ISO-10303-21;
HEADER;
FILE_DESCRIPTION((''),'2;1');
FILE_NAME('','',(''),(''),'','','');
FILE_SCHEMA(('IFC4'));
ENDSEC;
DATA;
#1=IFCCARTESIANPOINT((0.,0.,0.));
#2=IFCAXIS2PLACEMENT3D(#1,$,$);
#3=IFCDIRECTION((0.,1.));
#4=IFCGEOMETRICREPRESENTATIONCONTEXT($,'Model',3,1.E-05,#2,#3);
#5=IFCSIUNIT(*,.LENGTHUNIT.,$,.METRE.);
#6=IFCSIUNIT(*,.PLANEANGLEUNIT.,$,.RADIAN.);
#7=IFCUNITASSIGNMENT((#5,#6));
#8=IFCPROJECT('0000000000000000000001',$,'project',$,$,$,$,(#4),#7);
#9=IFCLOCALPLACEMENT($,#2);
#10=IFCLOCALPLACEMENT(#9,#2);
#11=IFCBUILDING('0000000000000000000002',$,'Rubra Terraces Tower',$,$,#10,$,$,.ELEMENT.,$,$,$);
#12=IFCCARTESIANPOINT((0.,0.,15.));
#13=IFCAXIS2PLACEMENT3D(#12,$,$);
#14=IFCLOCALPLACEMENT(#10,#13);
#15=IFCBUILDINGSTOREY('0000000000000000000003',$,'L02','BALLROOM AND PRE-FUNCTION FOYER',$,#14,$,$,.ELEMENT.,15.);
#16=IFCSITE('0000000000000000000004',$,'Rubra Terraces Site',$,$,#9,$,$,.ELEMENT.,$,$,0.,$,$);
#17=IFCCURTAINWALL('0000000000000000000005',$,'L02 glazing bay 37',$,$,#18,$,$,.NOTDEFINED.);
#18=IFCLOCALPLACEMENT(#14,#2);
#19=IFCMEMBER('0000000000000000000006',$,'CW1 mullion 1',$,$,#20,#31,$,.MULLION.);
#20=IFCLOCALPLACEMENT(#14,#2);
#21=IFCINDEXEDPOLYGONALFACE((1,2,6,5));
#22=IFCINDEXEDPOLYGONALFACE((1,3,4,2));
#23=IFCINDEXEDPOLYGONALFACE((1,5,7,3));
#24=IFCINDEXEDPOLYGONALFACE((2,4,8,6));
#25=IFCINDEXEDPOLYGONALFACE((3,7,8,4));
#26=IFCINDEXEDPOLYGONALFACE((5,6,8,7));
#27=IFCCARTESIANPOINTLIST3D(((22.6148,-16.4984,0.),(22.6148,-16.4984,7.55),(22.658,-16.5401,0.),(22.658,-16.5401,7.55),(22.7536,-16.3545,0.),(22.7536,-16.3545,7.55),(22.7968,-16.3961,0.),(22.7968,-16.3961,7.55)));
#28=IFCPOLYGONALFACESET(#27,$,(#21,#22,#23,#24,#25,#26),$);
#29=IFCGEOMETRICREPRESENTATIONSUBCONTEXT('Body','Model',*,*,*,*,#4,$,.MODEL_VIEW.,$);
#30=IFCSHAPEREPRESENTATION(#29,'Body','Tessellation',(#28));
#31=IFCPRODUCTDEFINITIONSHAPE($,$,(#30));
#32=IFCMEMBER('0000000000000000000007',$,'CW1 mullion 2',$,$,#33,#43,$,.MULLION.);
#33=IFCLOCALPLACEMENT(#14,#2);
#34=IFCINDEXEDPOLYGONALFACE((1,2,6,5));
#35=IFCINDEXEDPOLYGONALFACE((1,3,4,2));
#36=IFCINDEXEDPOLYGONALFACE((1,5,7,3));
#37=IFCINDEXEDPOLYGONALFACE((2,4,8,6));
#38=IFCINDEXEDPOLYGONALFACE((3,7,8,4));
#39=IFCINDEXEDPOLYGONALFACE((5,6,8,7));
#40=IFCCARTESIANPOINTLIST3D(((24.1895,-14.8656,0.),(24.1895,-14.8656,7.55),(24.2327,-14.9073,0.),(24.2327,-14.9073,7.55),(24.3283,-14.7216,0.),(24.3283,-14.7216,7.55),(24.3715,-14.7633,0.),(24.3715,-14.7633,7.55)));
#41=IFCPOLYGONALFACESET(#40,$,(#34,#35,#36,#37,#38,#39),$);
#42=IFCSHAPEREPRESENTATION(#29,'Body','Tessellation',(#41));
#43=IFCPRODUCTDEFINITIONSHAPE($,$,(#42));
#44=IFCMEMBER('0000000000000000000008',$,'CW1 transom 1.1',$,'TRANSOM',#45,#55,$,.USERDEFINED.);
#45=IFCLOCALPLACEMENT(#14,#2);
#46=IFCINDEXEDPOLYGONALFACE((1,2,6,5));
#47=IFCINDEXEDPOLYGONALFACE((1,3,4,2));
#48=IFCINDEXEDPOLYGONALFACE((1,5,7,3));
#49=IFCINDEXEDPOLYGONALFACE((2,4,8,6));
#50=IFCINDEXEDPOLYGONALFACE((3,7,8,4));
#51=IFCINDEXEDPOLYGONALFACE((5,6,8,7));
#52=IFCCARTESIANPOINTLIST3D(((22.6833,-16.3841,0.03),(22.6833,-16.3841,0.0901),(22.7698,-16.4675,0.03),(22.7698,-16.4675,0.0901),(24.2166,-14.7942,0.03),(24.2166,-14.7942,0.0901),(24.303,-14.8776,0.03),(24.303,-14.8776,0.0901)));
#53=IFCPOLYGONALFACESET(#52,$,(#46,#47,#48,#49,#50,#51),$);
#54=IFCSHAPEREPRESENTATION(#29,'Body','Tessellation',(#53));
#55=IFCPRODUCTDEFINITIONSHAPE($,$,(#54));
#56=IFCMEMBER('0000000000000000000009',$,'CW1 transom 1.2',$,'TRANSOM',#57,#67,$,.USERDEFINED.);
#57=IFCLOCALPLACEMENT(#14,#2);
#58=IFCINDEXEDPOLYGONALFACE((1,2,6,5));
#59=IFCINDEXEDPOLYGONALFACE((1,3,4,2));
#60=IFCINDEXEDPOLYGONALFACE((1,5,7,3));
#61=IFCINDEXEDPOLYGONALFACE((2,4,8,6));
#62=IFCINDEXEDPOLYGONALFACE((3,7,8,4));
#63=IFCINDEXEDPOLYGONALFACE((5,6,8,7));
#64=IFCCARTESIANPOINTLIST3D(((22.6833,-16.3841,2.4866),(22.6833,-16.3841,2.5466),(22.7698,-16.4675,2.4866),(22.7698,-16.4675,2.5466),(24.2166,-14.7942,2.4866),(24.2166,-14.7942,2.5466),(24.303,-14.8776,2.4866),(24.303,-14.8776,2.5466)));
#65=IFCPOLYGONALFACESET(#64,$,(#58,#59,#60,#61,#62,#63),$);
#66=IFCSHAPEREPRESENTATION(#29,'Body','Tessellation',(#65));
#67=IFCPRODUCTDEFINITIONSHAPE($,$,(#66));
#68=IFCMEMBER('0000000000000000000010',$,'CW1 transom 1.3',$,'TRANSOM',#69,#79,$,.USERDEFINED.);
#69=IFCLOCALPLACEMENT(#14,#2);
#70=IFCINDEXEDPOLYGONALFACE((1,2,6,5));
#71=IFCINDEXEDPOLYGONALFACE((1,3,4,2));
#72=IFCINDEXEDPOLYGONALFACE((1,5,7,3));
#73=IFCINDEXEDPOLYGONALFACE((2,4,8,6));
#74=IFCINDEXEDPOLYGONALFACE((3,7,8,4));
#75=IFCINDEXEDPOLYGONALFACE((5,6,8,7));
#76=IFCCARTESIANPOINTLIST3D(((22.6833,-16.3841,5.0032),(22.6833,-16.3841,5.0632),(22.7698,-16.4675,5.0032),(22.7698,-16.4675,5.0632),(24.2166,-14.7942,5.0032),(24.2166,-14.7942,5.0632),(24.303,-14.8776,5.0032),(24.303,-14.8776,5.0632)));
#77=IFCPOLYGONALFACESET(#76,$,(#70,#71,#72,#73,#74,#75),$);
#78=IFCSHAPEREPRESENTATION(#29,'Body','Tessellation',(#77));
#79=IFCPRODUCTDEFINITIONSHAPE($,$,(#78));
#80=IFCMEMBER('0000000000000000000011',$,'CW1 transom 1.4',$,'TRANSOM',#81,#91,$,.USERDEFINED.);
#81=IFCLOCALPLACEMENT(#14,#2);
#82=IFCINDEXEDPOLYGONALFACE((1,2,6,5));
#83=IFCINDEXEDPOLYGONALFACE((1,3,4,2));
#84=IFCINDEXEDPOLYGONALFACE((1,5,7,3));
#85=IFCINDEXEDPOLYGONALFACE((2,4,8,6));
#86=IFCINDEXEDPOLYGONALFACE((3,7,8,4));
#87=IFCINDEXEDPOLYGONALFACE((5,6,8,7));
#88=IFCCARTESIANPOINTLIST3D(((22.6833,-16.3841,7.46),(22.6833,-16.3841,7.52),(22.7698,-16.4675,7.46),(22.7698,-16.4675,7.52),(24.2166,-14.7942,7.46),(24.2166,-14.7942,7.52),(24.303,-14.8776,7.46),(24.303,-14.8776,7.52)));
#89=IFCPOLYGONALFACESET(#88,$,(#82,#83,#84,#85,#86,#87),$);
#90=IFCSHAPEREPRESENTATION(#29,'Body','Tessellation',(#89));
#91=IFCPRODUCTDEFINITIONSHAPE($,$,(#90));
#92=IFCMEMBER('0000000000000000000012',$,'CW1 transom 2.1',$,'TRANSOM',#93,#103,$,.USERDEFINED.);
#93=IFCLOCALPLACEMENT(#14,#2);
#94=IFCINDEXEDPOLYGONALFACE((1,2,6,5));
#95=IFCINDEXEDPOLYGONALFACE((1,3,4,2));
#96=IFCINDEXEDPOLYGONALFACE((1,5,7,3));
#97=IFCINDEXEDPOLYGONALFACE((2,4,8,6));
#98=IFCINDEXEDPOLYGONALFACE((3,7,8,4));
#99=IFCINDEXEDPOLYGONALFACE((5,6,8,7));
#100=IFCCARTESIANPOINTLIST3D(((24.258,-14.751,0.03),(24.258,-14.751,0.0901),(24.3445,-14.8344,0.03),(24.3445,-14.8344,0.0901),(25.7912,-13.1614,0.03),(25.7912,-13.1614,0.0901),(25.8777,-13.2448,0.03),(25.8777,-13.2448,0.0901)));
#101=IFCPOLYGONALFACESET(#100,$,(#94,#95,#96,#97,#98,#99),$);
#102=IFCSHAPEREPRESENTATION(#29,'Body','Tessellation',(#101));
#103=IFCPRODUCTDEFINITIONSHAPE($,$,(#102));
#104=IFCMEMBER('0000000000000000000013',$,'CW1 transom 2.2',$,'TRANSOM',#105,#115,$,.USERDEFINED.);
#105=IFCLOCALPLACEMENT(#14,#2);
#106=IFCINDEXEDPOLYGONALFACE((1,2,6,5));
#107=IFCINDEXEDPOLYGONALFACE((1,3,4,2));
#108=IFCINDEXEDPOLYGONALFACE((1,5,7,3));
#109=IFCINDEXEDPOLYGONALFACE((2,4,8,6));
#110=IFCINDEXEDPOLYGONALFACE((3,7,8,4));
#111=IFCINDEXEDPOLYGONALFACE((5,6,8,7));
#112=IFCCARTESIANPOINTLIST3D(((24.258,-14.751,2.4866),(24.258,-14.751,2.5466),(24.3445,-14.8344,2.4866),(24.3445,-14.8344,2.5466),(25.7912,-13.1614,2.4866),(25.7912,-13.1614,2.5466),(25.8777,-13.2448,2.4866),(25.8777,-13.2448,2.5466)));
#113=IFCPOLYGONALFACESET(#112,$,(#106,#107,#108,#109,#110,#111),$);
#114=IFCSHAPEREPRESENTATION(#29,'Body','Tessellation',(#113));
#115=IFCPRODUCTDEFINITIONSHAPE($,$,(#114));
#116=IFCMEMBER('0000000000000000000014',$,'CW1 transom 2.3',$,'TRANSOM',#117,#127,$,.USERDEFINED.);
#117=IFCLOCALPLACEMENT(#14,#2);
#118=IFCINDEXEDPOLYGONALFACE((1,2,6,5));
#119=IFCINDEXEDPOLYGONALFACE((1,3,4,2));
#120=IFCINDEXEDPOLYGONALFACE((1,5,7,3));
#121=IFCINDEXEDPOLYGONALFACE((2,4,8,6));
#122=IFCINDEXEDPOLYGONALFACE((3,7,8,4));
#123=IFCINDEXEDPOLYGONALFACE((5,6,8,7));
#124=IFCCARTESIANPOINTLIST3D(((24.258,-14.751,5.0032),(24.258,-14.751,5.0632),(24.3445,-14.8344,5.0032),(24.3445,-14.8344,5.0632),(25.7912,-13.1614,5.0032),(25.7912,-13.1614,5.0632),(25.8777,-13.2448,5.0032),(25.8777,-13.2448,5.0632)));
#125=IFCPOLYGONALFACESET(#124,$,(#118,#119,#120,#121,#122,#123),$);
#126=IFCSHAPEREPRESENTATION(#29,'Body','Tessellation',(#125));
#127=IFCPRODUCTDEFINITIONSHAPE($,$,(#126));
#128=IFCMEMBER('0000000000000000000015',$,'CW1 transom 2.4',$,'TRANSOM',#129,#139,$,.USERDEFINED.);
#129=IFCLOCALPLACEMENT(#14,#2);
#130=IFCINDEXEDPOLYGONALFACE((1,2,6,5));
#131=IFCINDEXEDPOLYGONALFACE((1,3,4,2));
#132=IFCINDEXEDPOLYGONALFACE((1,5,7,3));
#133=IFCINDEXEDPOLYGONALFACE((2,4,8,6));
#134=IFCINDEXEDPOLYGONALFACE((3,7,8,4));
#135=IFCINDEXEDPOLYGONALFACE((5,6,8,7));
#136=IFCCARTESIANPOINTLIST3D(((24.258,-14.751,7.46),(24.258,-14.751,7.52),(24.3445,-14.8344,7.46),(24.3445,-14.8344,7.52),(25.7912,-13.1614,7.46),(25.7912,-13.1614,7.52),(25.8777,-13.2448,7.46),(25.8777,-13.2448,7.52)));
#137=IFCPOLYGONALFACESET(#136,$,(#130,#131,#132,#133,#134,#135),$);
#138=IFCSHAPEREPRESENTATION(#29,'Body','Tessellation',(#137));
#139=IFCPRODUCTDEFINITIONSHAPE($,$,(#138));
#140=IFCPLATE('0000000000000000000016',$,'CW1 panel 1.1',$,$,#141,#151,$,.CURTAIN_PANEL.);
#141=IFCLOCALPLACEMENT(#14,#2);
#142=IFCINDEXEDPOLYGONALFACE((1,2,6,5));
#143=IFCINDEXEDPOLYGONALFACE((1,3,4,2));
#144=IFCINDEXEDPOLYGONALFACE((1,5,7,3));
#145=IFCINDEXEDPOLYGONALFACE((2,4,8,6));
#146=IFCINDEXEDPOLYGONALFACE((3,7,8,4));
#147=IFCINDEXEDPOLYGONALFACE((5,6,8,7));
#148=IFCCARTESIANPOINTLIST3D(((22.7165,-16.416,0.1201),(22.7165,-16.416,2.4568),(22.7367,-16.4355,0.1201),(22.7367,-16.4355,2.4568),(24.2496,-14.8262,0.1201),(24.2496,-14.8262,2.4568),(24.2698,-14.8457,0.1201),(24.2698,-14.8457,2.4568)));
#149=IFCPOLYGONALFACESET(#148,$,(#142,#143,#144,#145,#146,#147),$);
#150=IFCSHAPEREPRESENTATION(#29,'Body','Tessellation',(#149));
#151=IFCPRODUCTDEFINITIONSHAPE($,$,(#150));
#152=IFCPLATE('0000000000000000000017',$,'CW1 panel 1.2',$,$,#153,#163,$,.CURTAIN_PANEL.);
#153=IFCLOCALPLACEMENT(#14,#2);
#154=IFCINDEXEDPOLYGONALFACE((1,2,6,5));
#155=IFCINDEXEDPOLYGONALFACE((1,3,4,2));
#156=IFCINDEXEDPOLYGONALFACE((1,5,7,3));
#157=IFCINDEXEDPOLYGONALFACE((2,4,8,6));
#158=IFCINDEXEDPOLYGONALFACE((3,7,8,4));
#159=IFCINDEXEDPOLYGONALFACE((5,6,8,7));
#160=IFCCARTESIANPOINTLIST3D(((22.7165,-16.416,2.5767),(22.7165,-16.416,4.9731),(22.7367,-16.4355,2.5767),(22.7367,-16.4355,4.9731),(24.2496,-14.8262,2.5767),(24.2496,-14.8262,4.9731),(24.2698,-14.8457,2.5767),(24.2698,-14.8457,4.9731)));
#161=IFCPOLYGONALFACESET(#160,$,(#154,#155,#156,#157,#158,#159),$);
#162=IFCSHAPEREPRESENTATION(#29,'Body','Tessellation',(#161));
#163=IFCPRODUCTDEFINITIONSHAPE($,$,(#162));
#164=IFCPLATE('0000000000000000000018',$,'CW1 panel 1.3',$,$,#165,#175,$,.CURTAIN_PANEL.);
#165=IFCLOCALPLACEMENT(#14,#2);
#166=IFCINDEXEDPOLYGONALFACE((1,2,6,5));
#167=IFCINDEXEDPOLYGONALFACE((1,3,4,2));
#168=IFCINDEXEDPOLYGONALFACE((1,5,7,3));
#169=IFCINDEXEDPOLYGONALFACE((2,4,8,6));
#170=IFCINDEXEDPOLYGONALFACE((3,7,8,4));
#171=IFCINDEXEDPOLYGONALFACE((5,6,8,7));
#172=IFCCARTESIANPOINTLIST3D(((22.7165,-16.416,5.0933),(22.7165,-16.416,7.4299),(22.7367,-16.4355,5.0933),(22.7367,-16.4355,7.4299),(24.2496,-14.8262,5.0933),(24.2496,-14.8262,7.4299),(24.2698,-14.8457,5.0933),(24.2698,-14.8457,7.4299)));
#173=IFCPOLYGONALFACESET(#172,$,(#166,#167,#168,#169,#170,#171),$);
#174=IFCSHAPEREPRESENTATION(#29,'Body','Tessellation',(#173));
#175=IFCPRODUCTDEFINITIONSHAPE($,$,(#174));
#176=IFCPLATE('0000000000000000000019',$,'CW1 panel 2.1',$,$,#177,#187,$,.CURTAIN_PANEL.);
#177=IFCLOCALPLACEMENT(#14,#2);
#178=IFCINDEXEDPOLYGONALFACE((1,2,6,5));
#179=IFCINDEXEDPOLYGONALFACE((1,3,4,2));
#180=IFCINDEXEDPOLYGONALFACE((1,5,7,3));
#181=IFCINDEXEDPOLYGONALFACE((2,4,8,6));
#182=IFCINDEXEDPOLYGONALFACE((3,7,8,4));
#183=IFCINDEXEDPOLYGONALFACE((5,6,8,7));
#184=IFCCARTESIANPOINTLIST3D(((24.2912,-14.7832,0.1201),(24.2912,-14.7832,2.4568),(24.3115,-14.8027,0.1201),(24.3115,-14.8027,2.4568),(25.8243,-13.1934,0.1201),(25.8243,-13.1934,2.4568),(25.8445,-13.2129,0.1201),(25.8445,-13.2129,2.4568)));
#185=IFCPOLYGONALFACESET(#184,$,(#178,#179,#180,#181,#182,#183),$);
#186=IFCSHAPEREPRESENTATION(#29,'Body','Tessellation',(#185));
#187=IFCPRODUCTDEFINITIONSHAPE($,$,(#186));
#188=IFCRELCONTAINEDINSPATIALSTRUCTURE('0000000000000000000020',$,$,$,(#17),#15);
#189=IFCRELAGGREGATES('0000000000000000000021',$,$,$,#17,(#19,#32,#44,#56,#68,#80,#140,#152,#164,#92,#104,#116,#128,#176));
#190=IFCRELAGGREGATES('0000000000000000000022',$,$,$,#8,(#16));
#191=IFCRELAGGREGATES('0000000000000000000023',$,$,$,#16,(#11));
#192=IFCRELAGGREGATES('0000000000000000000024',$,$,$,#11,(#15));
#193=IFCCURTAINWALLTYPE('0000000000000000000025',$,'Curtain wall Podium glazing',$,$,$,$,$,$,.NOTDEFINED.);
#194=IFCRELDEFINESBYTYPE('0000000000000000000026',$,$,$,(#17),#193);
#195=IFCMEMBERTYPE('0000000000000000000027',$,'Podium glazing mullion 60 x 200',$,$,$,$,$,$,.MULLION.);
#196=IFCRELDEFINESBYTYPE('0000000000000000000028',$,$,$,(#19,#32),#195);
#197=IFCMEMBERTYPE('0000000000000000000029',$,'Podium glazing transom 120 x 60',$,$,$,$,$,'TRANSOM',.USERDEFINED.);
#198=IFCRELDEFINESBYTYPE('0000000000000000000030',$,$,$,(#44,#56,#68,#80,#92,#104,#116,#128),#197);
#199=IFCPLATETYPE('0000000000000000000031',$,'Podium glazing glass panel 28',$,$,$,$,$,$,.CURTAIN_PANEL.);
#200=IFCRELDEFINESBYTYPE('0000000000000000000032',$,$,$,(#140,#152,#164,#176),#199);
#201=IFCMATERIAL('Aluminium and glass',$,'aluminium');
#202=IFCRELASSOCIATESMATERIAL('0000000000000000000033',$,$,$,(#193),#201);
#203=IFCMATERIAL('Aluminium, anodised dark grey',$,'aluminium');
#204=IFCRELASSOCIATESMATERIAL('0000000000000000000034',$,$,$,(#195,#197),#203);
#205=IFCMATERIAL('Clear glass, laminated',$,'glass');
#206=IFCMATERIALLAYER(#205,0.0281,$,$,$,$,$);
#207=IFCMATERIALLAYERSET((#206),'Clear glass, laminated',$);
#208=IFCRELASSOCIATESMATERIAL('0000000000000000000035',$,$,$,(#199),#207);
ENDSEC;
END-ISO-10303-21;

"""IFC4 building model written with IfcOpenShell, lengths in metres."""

from ifc_helpers import new_model, si_unit, direction, frame, origin, origin_2d, place, context, subcontext, project, spatial, rectangle, extrude, material, layer, layer_set, material_profile, profile_set, type_object, element, aggregate, save


model = new_model("IFC4")

# Units and contexts
model_context = context("Model", 3, precision=1e-05, world=origin(), true_north=direction((0.0, 1.0)))
body_context = subcontext(model_context, "Body", "Model", "MODEL_VIEW")
ifc_project = project(units=[si_unit("LENGTHUNIT", "METRE"), si_unit("PLANEANGLEUNIT", "RADIAN")], contexts=[model_context])

# Site, building, storey
site_placement = place(None, origin())
site = spatial("IfcSite", under=ifc_project, at=site_placement, Name="Rubra Terraces Site", CompositionType="ELEMENT", RefElevation=0.0)
building_placement = place(site_placement, origin())
building = spatial("IfcBuilding", under=site, at=building_placement, Name="Rubra Terraces Tower", CompositionType="ELEMENT")
storey_placement = place(building_placement, frame((0.0, 0.0, 15.0)))
storey = spatial("IfcBuildingStorey", under=building, at=storey_placement, Name="L02", Description="BALLROOM AND PRE-FUNCTION FOYER", CompositionType="ELEMENT", Elevation=15.0)

# Curtain wall, members, plates
ifc_material_1 = material(Name="Aluminium and glass", Category="aluminium")
curtain_wall_type = type_object("IfcCurtainWallType", Name="Curtain wall Podium glazing", PredefinedType="NOTDEFINED", material=ifc_material_1)
curtain_wall_placement = place(storey_placement, origin())
curtain_wall = element("IfcCurtainWall", 1, at=curtain_wall_placement, inside=storey, type_object=curtain_wall_type, Name="L02 glazing bay 37", PredefinedType="NOTDEFINED")
ifc_material_2 = material(Name="Aluminium, anodised dark grey", Category="aluminium")
ifc_material_profile_1 = material_profile(ifc_material_2, rectangle(XDim=0.0601, YDim=0.2, at=origin_2d()), Name="AL 60x200")
ifc_profile_set_1 = profile_set([ifc_material_profile_1], Name="Aluminium, anodised dark grey")
member_type_1 = type_object("IfcMemberType", Name="Podium glazing mullion 60 x 200", PredefinedType="MULLION", material=ifc_profile_set_1)
member_1_placement = place(storey_placement, frame((22.7058, -16.4473, 0.0), z_axis=(0.0, 0.0, 1.0), x_axis=(-0.719825, 0.694156, 0.0)))
member_1 = element("IfcMember", 2, at=member_1_placement, type_object=member_type_1, Name="CW1 mullion 1", PredefinedType="MULLION", context=body_context, shape_type="SweptSolid", body=[
    extrude(rectangle(XDim=0.0601, YDim=0.2, at=origin_2d()), origin(), (0.0, 0.0, 1.0), 7.55),
])
member_2_placement = place(storey_placement, frame((24.2805, -14.8145, 0.0), z_axis=(0.0, 0.0, 1.0), x_axis=(-0.719825, 0.694156, 0.0)))
member_2 = element("IfcMember", 3, at=member_2_placement, type_object=member_type_1, Name="CW1 mullion 2", PredefinedType="MULLION", context=body_context, shape_type="SweptSolid", body=[
    extrude(rectangle(XDim=0.0601, YDim=0.2, at=origin_2d()), origin(), (0.0, 0.0, 1.0), 7.55),
])
ifc_material_profile_2 = material_profile(ifc_material_2, rectangle(XDim=0.1201, YDim=0.0601, at=origin_2d()), Name="AL 120x60")
ifc_profile_set_2 = profile_set([ifc_material_profile_2], Name="Aluminium, anodised dark grey")
member_type_2 = type_object("IfcMemberType", Name="Podium glazing transom 120 x 60", ElementType="TRANSOM", PredefinedType="USERDEFINED", material=ifc_profile_set_2)
member_3_placement = place(storey_placement, frame((22.7266, -16.4258, 0.0601), z_axis=(0.694168, 0.719813, 0.0), x_axis=(-0.719813, 0.694168, 0.0)))
member_3 = element("IfcMember", 4, at=member_3_placement, type_object=member_type_2, Name="CW1 transom 1.1", ObjectType="TRANSOM", PredefinedType="USERDEFINED", context=body_context, shape_type="SweptSolid", body=[
    extrude(rectangle(XDim=0.1201, YDim=0.0601, at=origin_2d()), origin(), (0.0, 0.0, 1.0), 2.2087),
])
member_4_placement = place(storey_placement, frame((22.7266, -16.4258, 2.5166), z_axis=(0.694168, 0.719813, 0.0), x_axis=(-0.719813, 0.694168, 0.0)))
member_4 = element("IfcMember", 5, at=member_4_placement, type_object=member_type_2, Name="CW1 transom 1.2", ObjectType="TRANSOM", PredefinedType="USERDEFINED", context=body_context, shape_type="SweptSolid", body=[
    extrude(rectangle(XDim=0.1201, YDim=0.0601, at=origin_2d()), origin(), (0.0, 0.0, 1.0), 2.2087),
])
member_5_placement = place(storey_placement, frame((22.7266, -16.4258, 5.0332), z_axis=(0.694168, 0.719813, 0.0), x_axis=(-0.719813, 0.694168, 0.0)))
member_5 = element("IfcMember", 6, at=member_5_placement, type_object=member_type_2, Name="CW1 transom 1.3", ObjectType="TRANSOM", PredefinedType="USERDEFINED", context=body_context, shape_type="SweptSolid", body=[
    extrude(rectangle(XDim=0.1201, YDim=0.0601, at=origin_2d()), origin(), (0.0, 0.0, 1.0), 2.2087),
])
member_6_placement = place(storey_placement, frame((22.7266, -16.4258, 7.49), z_axis=(0.694168, 0.719813, 0.0), x_axis=(-0.719813, 0.694168, 0.0)))
member_6 = element("IfcMember", 7, at=member_6_placement, type_object=member_type_2, Name="CW1 transom 1.4", ObjectType="TRANSOM", PredefinedType="USERDEFINED", context=body_context, shape_type="SweptSolid", body=[
    extrude(rectangle(XDim=0.1201, YDim=0.0601, at=origin_2d()), origin(), (0.0, 0.0, 1.0), 2.2087),
])
member_7_placement = place(storey_placement, frame((24.3013, -14.7927, 0.0601), z_axis=(0.694224, 0.719759, 0.0), x_axis=(-0.719759, 0.694224, 0.0)))
member_7 = element("IfcMember", 8, at=member_7_placement, type_object=member_type_2, Name="CW1 transom 2.1", ObjectType="TRANSOM", PredefinedType="USERDEFINED", context=body_context, shape_type="SweptSolid", body=[
    extrude(rectangle(XDim=0.1201, YDim=0.0601, at=origin_2d()), origin(), (0.0, 0.0, 1.0), 2.2085),
])
member_8_placement = place(storey_placement, frame((24.3013, -14.7927, 2.5166), z_axis=(0.694224, 0.719759, 0.0), x_axis=(-0.719759, 0.694224, 0.0)))
member_8 = element("IfcMember", 9, at=member_8_placement, type_object=member_type_2, Name="CW1 transom 2.2", ObjectType="TRANSOM", PredefinedType="USERDEFINED", context=body_context, shape_type="SweptSolid", body=[
    extrude(rectangle(XDim=0.1201, YDim=0.0601, at=origin_2d()), origin(), (0.0, 0.0, 1.0), 2.2085),
])
member_9_placement = place(storey_placement, frame((24.3013, -14.7927, 5.0332), z_axis=(0.694224, 0.719759, 0.0), x_axis=(-0.719759, 0.694224, 0.0)))
member_9 = element("IfcMember", 10, at=member_9_placement, type_object=member_type_2, Name="CW1 transom 2.3", ObjectType="TRANSOM", PredefinedType="USERDEFINED", context=body_context, shape_type="SweptSolid", body=[
    extrude(rectangle(XDim=0.1201, YDim=0.0601, at=origin_2d()), origin(), (0.0, 0.0, 1.0), 2.2085),
])
member_10_placement = place(storey_placement, frame((24.3013, -14.7927, 7.49), z_axis=(0.694224, 0.719759, 0.0), x_axis=(-0.719759, 0.694224, 0.0)))
member_10 = element("IfcMember", 11, at=member_10_placement, type_object=member_type_2, Name="CW1 transom 2.4", ObjectType="TRANSOM", PredefinedType="USERDEFINED", context=body_context, shape_type="SweptSolid", body=[
    extrude(rectangle(XDim=0.1201, YDim=0.0601, at=origin_2d()), origin(), (0.0, 0.0, 1.0), 2.2085),
])
ifc_material_3 = material(Name="Clear glass, laminated", Category="glass")
ifc_layer_1 = layer(ifc_material_3, 0.0281)
ifc_layer_set_1 = layer_set([ifc_layer_1], Name="Clear glass, laminated")
plate_type = type_object("IfcPlateType", Name="Podium glazing glass panel 28", PredefinedType="CURTAIN_PANEL", material=ifc_layer_set_1)
plate_1_placement = place(storey_placement, frame((23.4932, -15.6309, 0.1201), z_axis=(0.0, 0.0, 1.0), x_axis=(0.694156, 0.719825, 0.0)))
plate_1 = element("IfcPlate", 12, at=plate_1_placement, type_object=plate_type, Name="CW1 panel 1.1", PredefinedType="CURTAIN_PANEL", context=body_context, shape_type="SweptSolid", body=[
    extrude(rectangle(XDim=2.2085, YDim=0.0281, at=origin_2d()), origin(), (0.0, 0.0, 1.0), 2.3367),
])
plate_2_placement = place(storey_placement, frame((23.4932, -15.6309, 2.5767), z_axis=(0.0, 0.0, 1.0), x_axis=(0.694156, 0.719825, 0.0)))
plate_2 = element("IfcPlate", 13, at=plate_2_placement, type_object=plate_type, Name="CW1 panel 1.2", PredefinedType="CURTAIN_PANEL", context=body_context, shape_type="SweptSolid", body=[
    extrude(rectangle(XDim=2.2085, YDim=0.0281, at=origin_2d()), origin(), (0.0, 0.0, 1.0), 2.3965),
])
plate_3_placement = place(storey_placement, frame((23.4932, -15.6309, 5.0933), z_axis=(0.0, 0.0, 1.0), x_axis=(0.694156, 0.719825, 0.0)))
plate_3 = element("IfcPlate", 14, at=plate_3_placement, type_object=plate_type, Name="CW1 panel 1.3", PredefinedType="CURTAIN_PANEL", context=body_context, shape_type="SweptSolid", body=[
    extrude(rectangle(XDim=2.2085, YDim=0.0281, at=origin_2d()), origin(), (0.0, 0.0, 1.0), 2.3367),
])
plate_4_placement = place(storey_placement, frame((25.0679, -13.998, 0.1201), z_axis=(0.0, 0.0, 1.0), x_axis=(0.694156, 0.719825, 0.0)))
plate_4 = element("IfcPlate", 15, at=plate_4_placement, type_object=plate_type, Name="CW1 panel 2.1", PredefinedType="CURTAIN_PANEL", context=body_context, shape_type="SweptSolid", body=[
    extrude(rectangle(XDim=2.2085, YDim=0.0281, at=origin_2d()), origin(), (0.0, 0.0, 1.0), 2.3367),
])
aggregate(curtain_wall, [member_1, member_2, member_3, member_4, member_5, member_6, plate_1, plate_2, plate_3, member_7, member_8, member_9, member_10, plate_4])

save(model, "model.ifc")
